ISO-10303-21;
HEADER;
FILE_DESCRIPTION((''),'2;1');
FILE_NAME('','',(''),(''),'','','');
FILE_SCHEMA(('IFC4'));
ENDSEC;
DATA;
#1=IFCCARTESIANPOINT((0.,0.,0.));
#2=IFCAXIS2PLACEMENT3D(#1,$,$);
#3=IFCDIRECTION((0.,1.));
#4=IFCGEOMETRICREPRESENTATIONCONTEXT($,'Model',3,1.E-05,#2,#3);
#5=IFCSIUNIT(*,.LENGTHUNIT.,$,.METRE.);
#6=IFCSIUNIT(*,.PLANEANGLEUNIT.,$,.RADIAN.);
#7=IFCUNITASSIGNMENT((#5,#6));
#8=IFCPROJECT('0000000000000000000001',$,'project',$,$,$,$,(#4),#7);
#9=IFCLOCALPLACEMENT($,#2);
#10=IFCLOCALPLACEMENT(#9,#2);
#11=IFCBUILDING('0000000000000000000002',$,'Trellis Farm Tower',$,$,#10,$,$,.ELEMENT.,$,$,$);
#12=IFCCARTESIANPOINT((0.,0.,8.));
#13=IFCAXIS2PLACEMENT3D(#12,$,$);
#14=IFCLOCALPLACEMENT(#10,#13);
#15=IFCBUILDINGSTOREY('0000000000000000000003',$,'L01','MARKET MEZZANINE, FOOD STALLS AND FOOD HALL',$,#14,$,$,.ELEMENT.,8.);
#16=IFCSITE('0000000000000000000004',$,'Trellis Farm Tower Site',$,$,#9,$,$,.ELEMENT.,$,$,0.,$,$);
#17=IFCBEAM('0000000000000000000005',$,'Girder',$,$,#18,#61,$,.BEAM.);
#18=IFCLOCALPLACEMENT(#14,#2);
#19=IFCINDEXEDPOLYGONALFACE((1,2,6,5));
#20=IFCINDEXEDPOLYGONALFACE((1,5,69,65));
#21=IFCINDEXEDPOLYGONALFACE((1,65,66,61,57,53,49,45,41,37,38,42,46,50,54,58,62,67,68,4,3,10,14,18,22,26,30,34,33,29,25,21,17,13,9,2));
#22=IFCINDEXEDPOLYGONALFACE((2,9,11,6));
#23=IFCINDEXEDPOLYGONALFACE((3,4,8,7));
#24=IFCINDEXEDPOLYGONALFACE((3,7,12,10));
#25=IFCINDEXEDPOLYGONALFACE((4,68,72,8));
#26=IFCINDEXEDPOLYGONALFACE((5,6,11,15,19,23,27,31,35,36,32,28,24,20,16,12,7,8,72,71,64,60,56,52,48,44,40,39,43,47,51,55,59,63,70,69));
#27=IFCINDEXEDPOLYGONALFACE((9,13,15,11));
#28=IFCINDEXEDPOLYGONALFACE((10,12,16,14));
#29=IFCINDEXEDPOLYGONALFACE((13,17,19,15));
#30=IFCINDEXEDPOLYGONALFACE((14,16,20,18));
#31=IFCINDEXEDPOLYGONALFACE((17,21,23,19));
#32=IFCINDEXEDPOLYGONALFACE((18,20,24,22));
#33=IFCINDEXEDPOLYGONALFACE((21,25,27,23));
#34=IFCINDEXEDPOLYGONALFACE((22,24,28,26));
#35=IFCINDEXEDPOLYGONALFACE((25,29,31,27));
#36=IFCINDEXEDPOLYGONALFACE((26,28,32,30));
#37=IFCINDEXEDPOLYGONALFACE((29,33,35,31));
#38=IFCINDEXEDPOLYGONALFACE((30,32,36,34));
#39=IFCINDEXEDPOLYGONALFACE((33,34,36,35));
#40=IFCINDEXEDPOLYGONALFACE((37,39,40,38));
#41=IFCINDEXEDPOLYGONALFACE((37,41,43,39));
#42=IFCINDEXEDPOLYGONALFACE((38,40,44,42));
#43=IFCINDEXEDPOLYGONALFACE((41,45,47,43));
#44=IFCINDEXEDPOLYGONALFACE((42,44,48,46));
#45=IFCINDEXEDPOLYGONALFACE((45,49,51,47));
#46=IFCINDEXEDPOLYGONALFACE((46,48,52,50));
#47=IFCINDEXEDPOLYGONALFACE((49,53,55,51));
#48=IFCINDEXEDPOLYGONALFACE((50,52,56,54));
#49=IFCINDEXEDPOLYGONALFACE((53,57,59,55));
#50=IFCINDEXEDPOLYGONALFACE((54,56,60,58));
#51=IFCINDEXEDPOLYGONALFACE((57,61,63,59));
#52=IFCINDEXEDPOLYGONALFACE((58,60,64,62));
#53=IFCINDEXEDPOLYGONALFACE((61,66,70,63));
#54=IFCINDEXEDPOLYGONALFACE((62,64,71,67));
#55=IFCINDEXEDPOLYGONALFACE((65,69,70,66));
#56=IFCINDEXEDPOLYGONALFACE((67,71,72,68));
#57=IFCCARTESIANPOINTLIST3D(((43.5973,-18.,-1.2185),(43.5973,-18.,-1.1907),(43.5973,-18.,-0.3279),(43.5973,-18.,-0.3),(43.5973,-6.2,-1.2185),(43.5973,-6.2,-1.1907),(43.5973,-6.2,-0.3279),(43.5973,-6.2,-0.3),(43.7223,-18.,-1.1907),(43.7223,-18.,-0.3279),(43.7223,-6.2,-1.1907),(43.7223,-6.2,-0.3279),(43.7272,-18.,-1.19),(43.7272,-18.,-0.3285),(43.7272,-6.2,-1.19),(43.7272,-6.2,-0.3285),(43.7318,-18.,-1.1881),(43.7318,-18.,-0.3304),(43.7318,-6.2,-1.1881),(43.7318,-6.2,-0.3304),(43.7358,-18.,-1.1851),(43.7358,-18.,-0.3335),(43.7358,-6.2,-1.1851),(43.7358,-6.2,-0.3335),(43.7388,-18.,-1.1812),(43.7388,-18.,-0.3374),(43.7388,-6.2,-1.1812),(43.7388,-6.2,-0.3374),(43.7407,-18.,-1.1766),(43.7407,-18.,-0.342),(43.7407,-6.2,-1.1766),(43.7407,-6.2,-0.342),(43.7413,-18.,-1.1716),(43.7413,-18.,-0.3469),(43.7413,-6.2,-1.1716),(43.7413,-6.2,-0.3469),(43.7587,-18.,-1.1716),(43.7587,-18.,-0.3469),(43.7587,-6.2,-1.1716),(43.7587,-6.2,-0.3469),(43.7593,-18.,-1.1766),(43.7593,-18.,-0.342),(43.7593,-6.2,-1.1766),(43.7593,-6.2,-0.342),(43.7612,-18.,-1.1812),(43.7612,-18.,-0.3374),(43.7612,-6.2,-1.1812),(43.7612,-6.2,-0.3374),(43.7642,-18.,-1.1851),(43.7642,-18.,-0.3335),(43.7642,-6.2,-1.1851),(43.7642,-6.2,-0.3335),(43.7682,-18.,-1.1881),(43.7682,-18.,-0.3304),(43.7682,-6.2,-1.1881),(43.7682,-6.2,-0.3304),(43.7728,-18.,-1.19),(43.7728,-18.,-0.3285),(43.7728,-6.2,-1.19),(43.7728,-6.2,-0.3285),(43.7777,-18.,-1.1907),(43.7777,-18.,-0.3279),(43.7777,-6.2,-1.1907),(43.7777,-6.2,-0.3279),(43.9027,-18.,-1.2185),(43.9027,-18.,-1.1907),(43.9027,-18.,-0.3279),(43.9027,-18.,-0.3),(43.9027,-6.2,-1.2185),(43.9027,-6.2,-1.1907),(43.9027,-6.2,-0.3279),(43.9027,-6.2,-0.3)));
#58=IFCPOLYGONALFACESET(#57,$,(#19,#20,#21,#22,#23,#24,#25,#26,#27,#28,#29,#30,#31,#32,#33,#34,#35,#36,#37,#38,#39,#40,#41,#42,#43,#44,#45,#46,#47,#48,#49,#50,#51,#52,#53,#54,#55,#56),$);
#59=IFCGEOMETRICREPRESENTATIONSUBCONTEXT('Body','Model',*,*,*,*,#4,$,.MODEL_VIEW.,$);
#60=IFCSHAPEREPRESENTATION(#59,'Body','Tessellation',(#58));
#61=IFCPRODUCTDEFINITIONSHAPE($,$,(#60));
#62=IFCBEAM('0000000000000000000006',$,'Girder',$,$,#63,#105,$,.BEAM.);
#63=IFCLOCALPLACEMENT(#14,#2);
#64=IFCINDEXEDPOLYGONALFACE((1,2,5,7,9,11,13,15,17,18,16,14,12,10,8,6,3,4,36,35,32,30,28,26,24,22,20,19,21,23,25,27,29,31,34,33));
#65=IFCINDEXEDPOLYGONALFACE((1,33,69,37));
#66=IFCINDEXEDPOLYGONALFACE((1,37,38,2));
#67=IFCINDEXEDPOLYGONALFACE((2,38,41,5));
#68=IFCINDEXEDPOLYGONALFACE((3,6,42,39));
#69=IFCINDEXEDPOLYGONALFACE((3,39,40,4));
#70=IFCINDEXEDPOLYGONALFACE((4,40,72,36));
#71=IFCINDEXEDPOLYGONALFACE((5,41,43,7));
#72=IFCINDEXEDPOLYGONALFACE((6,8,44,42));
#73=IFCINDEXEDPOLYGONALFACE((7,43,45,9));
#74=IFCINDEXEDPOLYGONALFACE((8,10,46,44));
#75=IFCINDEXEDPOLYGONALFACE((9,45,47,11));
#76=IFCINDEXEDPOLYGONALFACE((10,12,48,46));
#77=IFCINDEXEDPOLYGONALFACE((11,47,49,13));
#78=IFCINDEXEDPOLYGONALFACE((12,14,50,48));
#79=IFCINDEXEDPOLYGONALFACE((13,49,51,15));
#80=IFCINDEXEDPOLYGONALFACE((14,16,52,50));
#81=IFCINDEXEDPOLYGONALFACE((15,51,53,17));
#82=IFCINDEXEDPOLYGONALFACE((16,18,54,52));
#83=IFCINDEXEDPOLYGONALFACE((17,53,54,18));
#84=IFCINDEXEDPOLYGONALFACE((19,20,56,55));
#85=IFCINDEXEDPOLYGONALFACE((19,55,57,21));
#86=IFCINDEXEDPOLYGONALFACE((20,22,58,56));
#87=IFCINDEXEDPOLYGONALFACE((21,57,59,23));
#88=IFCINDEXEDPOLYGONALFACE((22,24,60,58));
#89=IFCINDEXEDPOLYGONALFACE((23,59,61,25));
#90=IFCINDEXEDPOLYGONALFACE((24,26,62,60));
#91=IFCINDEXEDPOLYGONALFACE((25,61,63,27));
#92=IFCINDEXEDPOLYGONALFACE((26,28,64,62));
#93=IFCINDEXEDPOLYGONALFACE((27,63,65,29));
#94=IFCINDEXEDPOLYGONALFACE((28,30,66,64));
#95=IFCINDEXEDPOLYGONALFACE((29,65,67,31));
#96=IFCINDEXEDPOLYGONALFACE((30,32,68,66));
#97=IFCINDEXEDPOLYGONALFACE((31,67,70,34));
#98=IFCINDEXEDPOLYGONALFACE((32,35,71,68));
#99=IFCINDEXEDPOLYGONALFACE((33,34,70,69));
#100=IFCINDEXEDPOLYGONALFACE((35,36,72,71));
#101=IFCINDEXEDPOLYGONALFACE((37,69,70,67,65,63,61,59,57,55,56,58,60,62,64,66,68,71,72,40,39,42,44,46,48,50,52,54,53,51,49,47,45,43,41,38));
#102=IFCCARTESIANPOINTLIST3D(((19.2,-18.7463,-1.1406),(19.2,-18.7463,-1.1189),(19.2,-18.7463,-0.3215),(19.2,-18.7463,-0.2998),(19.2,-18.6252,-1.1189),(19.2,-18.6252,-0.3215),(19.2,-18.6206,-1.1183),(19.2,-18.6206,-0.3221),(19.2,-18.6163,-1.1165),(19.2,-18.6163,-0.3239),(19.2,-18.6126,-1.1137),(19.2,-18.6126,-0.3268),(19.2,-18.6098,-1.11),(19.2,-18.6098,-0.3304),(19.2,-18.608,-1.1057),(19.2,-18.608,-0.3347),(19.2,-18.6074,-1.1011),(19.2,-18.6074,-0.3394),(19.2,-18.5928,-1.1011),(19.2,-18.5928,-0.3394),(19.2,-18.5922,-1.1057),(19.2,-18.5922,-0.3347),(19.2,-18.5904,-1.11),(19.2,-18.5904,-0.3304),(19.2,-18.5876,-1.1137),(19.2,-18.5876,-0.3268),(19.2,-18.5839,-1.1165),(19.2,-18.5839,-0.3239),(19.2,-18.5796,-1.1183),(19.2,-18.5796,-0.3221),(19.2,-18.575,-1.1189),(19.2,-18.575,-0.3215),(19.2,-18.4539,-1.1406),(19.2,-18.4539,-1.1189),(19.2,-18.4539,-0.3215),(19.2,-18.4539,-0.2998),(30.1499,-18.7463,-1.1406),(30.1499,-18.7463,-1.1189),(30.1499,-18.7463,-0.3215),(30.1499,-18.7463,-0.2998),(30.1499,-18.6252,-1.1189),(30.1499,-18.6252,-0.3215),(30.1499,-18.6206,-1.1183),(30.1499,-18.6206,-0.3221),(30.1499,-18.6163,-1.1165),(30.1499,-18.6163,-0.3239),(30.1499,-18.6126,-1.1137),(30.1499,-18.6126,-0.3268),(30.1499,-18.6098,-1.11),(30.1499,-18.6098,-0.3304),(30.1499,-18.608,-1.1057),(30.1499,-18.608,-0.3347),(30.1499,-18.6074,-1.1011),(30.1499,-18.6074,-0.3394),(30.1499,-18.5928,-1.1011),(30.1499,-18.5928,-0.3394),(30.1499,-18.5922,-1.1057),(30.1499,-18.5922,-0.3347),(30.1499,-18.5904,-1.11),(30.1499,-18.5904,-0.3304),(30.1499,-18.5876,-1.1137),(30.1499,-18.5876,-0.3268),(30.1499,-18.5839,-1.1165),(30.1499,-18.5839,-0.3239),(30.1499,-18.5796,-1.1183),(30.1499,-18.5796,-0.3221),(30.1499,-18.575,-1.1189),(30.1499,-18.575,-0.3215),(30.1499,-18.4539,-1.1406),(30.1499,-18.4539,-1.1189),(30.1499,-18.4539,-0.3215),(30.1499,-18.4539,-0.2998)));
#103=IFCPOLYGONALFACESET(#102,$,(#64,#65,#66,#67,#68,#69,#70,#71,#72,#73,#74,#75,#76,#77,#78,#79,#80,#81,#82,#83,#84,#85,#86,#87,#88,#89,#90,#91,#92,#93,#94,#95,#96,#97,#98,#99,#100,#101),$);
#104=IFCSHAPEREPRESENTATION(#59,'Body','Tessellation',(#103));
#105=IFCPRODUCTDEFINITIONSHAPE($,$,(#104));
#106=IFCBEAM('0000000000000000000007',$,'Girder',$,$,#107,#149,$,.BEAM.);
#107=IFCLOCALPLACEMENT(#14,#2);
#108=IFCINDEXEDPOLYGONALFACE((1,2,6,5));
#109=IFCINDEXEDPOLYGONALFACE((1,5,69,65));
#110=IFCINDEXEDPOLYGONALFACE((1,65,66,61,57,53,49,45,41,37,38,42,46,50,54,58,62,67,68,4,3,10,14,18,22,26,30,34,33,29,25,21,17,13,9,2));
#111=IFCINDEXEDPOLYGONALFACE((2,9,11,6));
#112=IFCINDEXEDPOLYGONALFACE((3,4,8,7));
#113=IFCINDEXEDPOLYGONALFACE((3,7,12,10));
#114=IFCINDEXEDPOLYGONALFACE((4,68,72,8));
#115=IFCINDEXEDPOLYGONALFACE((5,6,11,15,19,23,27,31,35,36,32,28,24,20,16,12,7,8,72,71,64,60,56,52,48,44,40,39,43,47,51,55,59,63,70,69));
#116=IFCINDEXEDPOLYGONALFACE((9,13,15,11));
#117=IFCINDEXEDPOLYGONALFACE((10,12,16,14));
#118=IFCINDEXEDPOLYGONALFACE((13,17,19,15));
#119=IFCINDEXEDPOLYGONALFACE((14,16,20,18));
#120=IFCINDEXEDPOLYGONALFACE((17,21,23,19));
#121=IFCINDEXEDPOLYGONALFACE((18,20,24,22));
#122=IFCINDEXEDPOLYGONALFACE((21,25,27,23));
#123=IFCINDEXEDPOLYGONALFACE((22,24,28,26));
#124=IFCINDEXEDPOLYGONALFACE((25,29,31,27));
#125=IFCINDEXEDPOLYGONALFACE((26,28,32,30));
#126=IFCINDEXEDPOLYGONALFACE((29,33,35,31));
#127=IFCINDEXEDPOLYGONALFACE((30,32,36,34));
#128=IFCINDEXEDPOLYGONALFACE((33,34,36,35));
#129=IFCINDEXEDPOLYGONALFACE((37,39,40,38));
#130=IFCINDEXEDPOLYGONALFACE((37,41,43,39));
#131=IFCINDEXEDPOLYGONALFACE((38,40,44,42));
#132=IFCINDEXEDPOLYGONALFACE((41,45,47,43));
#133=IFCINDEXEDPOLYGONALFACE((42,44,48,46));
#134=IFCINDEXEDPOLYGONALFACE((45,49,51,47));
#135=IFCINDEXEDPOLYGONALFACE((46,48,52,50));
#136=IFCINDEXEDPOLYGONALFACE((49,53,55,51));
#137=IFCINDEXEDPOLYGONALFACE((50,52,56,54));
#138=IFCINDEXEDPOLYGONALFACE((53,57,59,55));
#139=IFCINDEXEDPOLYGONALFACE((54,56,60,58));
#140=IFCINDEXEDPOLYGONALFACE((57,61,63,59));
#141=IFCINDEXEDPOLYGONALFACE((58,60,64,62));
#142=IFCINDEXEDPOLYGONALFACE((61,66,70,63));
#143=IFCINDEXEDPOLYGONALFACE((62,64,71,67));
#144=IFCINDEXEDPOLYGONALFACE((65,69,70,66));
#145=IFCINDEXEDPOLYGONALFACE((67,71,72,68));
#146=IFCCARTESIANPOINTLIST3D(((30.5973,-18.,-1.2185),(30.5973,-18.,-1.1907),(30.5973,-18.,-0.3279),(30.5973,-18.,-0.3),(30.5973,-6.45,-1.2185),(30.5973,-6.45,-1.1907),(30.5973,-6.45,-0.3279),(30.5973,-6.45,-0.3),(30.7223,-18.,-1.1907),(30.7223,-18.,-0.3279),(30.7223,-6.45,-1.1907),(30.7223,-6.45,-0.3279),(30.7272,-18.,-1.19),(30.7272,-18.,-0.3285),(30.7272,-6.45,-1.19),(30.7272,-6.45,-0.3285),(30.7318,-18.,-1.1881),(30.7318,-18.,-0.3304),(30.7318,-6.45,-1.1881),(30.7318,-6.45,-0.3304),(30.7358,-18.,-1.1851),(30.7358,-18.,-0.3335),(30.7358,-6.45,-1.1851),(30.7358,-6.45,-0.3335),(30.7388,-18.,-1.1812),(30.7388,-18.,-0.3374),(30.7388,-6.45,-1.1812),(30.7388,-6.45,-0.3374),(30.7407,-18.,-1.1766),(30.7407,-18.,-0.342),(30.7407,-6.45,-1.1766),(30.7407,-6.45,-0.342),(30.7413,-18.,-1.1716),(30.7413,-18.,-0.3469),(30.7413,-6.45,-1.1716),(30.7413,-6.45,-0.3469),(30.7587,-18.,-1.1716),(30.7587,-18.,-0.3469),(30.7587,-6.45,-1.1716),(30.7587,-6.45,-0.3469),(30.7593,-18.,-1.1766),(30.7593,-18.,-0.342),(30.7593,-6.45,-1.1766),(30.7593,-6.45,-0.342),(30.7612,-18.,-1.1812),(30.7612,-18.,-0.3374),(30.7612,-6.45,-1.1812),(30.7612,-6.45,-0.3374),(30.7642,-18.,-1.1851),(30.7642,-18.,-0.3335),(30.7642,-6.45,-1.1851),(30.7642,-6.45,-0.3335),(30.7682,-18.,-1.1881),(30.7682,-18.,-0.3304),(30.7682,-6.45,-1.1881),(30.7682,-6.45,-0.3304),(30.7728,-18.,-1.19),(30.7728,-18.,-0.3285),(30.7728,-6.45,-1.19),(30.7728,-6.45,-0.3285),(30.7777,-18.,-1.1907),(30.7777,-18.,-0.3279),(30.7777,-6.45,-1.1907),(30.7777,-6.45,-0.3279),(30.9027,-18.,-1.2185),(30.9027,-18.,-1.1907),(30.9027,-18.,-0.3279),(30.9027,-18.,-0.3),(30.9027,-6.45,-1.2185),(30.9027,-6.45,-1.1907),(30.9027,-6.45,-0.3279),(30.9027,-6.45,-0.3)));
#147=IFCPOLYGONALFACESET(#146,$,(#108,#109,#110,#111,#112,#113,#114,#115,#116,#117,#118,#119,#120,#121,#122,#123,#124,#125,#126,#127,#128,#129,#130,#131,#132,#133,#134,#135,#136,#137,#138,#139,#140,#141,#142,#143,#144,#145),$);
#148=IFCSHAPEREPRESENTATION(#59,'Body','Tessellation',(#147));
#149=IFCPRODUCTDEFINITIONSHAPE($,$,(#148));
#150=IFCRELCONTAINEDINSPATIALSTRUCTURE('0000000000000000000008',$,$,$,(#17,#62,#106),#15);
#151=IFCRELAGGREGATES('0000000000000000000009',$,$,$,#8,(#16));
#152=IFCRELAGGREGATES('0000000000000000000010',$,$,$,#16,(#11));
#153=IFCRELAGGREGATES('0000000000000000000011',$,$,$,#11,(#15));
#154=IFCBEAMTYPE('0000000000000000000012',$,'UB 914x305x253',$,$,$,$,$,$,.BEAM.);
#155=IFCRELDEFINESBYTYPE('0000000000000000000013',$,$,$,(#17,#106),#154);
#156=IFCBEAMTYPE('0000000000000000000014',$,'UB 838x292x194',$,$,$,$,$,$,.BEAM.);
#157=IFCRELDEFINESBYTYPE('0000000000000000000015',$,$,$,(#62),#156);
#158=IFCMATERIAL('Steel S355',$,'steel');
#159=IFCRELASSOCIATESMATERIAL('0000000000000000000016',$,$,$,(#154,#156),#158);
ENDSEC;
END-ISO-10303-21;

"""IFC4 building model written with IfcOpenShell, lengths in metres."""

from ifc_helpers import new_model, si_unit, direction, frame, origin, origin_2d, place, context, subcontext, project, spatial, i_section, extrude, source, transform, mapped, material, material_profile, profile_set, type_object, element, save


model = new_model("IFC4")

# Units and contexts
model_context = context("Model", 3, precision=1e-05, world=origin(), true_north=direction((0.0, 1.0)))
body_context = subcontext(model_context, "Body", "Model", "MODEL_VIEW")
ifc_project = project(units=[si_unit("LENGTHUNIT", "METRE"), si_unit("PLANEANGLEUNIT", "RADIAN")], contexts=[model_context])

# Site, building, storey
site_placement = place(None, origin())
site = spatial("IfcSite", under=ifc_project, at=site_placement, Name="Trellis Farm Tower Site", CompositionType="ELEMENT", RefElevation=0.0)
building_placement = place(site_placement, origin())
building = spatial("IfcBuilding", under=site, at=building_placement, Name="Trellis Farm Tower", CompositionType="ELEMENT")
storey_placement = place(building_placement, frame((0.0, 0.0, 8.0)))
storey = spatial("IfcBuildingStorey", under=building, at=storey_placement, Name="L01", Description="MARKET MEZZANINE, FOOD STALLS AND FOOD HALL", CompositionType="ELEMENT", Elevation=8.0)

# Beams
ifc_material_1 = material(Name="Steel S355", Category="steel")
ifc_material_profile_1 = material_profile(ifc_material_1, i_section(OverallWidth=0.3054, OverallDepth=0.9185, WebThickness=0.0173, FlangeThickness=0.0278, FilletRadius=0.019, at=origin_2d()), Name="UB 914x305x253")
ifc_profile_set_1 = profile_set([ifc_material_profile_1], Name="Steel S355")
beam_type_1 = type_object("IfcBeamType", Name="UB 914x305x253", PredefinedType="BEAM", material=ifc_profile_set_1)
shared_shape_1 = source(origin(), body_context, "Body", "SweptSolid", [
    extrude(i_section(OverallWidth=0.3054, OverallDepth=0.9185, WebThickness=0.0173, FlangeThickness=0.0278, FilletRadius=0.019, at=origin_2d()), origin(), (0.0, 0.0, 1.0), 11.8),
])
for number, where, z_axis, x_axis, name in (
    (1, (43.75, -18.0, -0.7593), (0.0, 1.0, 0.0), (-1.0, 0.0, 0.0), "Girder"),
):
    element("IfcBeam", number, at=place(storey_placement, frame(where, z_axis=z_axis, x_axis=x_axis)), inside=storey, type_object=beam_type_1, Name=name, PredefinedType="BEAM", context=body_context, shape_type="MappedRepresentation", body=[
        mapped(shared_shape_1, transform((0.0, 0.0, 0.0))),
    ])
ifc_material_profile_2 = material_profile(ifc_material_1, i_section(OverallWidth=0.2925, OverallDepth=0.8408, WebThickness=0.0146, FlangeThickness=0.0217, FilletRadius=0.0178, at=origin_2d()), Name="UB 838x292x194")
ifc_profile_set_2 = profile_set([ifc_material_profile_2], Name="Steel S355")
beam_type_2 = type_object("IfcBeamType", Name="UB 838x292x194", PredefinedType="BEAM", material=ifc_profile_set_2)
shared_shape_2 = source(origin(), body_context, "Body", "SweptSolid", [
    extrude(i_section(OverallWidth=0.2925, OverallDepth=0.8408, WebThickness=0.0146, FlangeThickness=0.0217, FilletRadius=0.0178, at=origin_2d()), origin(), (0.0, 0.0, 1.0), 10.95),
])
beam_1_placement = place(storey_placement, frame((19.2, -18.6001, -0.7202), z_axis=(1.0, 0.0, 0.0), x_axis=(0.0, 1.0, 0.0)))
element("IfcBeam", 2, at=beam_1_placement, inside=storey, type_object=beam_type_2, Name="Girder", PredefinedType="BEAM", context=body_context, shape_type="MappedRepresentation", body=[
    mapped(shared_shape_2, transform((0.0, 0.0, 0.0))),
])
shared_shape_3 = source(origin(), body_context, "Body", "SweptSolid", [
    extrude(i_section(OverallWidth=0.3054, OverallDepth=0.9185, WebThickness=0.0173, FlangeThickness=0.0278, FilletRadius=0.019, at=origin_2d()), origin(), (0.0, 0.0, 1.0), 11.55),
])
beam_2_placement = place(storey_placement, frame((30.75, -18.0, -0.7593), z_axis=(0.0, 1.0, 0.0), x_axis=(-1.0, 0.0, 0.0)))
element("IfcBeam", 3, at=beam_2_placement, inside=storey, type_object=beam_type_1, Name="Girder", PredefinedType="BEAM", context=body_context, shape_type="MappedRepresentation", body=[
    mapped(shared_shape_3, transform((0.0, 0.0, 0.0))),
])

save(model, "model.ifc")
